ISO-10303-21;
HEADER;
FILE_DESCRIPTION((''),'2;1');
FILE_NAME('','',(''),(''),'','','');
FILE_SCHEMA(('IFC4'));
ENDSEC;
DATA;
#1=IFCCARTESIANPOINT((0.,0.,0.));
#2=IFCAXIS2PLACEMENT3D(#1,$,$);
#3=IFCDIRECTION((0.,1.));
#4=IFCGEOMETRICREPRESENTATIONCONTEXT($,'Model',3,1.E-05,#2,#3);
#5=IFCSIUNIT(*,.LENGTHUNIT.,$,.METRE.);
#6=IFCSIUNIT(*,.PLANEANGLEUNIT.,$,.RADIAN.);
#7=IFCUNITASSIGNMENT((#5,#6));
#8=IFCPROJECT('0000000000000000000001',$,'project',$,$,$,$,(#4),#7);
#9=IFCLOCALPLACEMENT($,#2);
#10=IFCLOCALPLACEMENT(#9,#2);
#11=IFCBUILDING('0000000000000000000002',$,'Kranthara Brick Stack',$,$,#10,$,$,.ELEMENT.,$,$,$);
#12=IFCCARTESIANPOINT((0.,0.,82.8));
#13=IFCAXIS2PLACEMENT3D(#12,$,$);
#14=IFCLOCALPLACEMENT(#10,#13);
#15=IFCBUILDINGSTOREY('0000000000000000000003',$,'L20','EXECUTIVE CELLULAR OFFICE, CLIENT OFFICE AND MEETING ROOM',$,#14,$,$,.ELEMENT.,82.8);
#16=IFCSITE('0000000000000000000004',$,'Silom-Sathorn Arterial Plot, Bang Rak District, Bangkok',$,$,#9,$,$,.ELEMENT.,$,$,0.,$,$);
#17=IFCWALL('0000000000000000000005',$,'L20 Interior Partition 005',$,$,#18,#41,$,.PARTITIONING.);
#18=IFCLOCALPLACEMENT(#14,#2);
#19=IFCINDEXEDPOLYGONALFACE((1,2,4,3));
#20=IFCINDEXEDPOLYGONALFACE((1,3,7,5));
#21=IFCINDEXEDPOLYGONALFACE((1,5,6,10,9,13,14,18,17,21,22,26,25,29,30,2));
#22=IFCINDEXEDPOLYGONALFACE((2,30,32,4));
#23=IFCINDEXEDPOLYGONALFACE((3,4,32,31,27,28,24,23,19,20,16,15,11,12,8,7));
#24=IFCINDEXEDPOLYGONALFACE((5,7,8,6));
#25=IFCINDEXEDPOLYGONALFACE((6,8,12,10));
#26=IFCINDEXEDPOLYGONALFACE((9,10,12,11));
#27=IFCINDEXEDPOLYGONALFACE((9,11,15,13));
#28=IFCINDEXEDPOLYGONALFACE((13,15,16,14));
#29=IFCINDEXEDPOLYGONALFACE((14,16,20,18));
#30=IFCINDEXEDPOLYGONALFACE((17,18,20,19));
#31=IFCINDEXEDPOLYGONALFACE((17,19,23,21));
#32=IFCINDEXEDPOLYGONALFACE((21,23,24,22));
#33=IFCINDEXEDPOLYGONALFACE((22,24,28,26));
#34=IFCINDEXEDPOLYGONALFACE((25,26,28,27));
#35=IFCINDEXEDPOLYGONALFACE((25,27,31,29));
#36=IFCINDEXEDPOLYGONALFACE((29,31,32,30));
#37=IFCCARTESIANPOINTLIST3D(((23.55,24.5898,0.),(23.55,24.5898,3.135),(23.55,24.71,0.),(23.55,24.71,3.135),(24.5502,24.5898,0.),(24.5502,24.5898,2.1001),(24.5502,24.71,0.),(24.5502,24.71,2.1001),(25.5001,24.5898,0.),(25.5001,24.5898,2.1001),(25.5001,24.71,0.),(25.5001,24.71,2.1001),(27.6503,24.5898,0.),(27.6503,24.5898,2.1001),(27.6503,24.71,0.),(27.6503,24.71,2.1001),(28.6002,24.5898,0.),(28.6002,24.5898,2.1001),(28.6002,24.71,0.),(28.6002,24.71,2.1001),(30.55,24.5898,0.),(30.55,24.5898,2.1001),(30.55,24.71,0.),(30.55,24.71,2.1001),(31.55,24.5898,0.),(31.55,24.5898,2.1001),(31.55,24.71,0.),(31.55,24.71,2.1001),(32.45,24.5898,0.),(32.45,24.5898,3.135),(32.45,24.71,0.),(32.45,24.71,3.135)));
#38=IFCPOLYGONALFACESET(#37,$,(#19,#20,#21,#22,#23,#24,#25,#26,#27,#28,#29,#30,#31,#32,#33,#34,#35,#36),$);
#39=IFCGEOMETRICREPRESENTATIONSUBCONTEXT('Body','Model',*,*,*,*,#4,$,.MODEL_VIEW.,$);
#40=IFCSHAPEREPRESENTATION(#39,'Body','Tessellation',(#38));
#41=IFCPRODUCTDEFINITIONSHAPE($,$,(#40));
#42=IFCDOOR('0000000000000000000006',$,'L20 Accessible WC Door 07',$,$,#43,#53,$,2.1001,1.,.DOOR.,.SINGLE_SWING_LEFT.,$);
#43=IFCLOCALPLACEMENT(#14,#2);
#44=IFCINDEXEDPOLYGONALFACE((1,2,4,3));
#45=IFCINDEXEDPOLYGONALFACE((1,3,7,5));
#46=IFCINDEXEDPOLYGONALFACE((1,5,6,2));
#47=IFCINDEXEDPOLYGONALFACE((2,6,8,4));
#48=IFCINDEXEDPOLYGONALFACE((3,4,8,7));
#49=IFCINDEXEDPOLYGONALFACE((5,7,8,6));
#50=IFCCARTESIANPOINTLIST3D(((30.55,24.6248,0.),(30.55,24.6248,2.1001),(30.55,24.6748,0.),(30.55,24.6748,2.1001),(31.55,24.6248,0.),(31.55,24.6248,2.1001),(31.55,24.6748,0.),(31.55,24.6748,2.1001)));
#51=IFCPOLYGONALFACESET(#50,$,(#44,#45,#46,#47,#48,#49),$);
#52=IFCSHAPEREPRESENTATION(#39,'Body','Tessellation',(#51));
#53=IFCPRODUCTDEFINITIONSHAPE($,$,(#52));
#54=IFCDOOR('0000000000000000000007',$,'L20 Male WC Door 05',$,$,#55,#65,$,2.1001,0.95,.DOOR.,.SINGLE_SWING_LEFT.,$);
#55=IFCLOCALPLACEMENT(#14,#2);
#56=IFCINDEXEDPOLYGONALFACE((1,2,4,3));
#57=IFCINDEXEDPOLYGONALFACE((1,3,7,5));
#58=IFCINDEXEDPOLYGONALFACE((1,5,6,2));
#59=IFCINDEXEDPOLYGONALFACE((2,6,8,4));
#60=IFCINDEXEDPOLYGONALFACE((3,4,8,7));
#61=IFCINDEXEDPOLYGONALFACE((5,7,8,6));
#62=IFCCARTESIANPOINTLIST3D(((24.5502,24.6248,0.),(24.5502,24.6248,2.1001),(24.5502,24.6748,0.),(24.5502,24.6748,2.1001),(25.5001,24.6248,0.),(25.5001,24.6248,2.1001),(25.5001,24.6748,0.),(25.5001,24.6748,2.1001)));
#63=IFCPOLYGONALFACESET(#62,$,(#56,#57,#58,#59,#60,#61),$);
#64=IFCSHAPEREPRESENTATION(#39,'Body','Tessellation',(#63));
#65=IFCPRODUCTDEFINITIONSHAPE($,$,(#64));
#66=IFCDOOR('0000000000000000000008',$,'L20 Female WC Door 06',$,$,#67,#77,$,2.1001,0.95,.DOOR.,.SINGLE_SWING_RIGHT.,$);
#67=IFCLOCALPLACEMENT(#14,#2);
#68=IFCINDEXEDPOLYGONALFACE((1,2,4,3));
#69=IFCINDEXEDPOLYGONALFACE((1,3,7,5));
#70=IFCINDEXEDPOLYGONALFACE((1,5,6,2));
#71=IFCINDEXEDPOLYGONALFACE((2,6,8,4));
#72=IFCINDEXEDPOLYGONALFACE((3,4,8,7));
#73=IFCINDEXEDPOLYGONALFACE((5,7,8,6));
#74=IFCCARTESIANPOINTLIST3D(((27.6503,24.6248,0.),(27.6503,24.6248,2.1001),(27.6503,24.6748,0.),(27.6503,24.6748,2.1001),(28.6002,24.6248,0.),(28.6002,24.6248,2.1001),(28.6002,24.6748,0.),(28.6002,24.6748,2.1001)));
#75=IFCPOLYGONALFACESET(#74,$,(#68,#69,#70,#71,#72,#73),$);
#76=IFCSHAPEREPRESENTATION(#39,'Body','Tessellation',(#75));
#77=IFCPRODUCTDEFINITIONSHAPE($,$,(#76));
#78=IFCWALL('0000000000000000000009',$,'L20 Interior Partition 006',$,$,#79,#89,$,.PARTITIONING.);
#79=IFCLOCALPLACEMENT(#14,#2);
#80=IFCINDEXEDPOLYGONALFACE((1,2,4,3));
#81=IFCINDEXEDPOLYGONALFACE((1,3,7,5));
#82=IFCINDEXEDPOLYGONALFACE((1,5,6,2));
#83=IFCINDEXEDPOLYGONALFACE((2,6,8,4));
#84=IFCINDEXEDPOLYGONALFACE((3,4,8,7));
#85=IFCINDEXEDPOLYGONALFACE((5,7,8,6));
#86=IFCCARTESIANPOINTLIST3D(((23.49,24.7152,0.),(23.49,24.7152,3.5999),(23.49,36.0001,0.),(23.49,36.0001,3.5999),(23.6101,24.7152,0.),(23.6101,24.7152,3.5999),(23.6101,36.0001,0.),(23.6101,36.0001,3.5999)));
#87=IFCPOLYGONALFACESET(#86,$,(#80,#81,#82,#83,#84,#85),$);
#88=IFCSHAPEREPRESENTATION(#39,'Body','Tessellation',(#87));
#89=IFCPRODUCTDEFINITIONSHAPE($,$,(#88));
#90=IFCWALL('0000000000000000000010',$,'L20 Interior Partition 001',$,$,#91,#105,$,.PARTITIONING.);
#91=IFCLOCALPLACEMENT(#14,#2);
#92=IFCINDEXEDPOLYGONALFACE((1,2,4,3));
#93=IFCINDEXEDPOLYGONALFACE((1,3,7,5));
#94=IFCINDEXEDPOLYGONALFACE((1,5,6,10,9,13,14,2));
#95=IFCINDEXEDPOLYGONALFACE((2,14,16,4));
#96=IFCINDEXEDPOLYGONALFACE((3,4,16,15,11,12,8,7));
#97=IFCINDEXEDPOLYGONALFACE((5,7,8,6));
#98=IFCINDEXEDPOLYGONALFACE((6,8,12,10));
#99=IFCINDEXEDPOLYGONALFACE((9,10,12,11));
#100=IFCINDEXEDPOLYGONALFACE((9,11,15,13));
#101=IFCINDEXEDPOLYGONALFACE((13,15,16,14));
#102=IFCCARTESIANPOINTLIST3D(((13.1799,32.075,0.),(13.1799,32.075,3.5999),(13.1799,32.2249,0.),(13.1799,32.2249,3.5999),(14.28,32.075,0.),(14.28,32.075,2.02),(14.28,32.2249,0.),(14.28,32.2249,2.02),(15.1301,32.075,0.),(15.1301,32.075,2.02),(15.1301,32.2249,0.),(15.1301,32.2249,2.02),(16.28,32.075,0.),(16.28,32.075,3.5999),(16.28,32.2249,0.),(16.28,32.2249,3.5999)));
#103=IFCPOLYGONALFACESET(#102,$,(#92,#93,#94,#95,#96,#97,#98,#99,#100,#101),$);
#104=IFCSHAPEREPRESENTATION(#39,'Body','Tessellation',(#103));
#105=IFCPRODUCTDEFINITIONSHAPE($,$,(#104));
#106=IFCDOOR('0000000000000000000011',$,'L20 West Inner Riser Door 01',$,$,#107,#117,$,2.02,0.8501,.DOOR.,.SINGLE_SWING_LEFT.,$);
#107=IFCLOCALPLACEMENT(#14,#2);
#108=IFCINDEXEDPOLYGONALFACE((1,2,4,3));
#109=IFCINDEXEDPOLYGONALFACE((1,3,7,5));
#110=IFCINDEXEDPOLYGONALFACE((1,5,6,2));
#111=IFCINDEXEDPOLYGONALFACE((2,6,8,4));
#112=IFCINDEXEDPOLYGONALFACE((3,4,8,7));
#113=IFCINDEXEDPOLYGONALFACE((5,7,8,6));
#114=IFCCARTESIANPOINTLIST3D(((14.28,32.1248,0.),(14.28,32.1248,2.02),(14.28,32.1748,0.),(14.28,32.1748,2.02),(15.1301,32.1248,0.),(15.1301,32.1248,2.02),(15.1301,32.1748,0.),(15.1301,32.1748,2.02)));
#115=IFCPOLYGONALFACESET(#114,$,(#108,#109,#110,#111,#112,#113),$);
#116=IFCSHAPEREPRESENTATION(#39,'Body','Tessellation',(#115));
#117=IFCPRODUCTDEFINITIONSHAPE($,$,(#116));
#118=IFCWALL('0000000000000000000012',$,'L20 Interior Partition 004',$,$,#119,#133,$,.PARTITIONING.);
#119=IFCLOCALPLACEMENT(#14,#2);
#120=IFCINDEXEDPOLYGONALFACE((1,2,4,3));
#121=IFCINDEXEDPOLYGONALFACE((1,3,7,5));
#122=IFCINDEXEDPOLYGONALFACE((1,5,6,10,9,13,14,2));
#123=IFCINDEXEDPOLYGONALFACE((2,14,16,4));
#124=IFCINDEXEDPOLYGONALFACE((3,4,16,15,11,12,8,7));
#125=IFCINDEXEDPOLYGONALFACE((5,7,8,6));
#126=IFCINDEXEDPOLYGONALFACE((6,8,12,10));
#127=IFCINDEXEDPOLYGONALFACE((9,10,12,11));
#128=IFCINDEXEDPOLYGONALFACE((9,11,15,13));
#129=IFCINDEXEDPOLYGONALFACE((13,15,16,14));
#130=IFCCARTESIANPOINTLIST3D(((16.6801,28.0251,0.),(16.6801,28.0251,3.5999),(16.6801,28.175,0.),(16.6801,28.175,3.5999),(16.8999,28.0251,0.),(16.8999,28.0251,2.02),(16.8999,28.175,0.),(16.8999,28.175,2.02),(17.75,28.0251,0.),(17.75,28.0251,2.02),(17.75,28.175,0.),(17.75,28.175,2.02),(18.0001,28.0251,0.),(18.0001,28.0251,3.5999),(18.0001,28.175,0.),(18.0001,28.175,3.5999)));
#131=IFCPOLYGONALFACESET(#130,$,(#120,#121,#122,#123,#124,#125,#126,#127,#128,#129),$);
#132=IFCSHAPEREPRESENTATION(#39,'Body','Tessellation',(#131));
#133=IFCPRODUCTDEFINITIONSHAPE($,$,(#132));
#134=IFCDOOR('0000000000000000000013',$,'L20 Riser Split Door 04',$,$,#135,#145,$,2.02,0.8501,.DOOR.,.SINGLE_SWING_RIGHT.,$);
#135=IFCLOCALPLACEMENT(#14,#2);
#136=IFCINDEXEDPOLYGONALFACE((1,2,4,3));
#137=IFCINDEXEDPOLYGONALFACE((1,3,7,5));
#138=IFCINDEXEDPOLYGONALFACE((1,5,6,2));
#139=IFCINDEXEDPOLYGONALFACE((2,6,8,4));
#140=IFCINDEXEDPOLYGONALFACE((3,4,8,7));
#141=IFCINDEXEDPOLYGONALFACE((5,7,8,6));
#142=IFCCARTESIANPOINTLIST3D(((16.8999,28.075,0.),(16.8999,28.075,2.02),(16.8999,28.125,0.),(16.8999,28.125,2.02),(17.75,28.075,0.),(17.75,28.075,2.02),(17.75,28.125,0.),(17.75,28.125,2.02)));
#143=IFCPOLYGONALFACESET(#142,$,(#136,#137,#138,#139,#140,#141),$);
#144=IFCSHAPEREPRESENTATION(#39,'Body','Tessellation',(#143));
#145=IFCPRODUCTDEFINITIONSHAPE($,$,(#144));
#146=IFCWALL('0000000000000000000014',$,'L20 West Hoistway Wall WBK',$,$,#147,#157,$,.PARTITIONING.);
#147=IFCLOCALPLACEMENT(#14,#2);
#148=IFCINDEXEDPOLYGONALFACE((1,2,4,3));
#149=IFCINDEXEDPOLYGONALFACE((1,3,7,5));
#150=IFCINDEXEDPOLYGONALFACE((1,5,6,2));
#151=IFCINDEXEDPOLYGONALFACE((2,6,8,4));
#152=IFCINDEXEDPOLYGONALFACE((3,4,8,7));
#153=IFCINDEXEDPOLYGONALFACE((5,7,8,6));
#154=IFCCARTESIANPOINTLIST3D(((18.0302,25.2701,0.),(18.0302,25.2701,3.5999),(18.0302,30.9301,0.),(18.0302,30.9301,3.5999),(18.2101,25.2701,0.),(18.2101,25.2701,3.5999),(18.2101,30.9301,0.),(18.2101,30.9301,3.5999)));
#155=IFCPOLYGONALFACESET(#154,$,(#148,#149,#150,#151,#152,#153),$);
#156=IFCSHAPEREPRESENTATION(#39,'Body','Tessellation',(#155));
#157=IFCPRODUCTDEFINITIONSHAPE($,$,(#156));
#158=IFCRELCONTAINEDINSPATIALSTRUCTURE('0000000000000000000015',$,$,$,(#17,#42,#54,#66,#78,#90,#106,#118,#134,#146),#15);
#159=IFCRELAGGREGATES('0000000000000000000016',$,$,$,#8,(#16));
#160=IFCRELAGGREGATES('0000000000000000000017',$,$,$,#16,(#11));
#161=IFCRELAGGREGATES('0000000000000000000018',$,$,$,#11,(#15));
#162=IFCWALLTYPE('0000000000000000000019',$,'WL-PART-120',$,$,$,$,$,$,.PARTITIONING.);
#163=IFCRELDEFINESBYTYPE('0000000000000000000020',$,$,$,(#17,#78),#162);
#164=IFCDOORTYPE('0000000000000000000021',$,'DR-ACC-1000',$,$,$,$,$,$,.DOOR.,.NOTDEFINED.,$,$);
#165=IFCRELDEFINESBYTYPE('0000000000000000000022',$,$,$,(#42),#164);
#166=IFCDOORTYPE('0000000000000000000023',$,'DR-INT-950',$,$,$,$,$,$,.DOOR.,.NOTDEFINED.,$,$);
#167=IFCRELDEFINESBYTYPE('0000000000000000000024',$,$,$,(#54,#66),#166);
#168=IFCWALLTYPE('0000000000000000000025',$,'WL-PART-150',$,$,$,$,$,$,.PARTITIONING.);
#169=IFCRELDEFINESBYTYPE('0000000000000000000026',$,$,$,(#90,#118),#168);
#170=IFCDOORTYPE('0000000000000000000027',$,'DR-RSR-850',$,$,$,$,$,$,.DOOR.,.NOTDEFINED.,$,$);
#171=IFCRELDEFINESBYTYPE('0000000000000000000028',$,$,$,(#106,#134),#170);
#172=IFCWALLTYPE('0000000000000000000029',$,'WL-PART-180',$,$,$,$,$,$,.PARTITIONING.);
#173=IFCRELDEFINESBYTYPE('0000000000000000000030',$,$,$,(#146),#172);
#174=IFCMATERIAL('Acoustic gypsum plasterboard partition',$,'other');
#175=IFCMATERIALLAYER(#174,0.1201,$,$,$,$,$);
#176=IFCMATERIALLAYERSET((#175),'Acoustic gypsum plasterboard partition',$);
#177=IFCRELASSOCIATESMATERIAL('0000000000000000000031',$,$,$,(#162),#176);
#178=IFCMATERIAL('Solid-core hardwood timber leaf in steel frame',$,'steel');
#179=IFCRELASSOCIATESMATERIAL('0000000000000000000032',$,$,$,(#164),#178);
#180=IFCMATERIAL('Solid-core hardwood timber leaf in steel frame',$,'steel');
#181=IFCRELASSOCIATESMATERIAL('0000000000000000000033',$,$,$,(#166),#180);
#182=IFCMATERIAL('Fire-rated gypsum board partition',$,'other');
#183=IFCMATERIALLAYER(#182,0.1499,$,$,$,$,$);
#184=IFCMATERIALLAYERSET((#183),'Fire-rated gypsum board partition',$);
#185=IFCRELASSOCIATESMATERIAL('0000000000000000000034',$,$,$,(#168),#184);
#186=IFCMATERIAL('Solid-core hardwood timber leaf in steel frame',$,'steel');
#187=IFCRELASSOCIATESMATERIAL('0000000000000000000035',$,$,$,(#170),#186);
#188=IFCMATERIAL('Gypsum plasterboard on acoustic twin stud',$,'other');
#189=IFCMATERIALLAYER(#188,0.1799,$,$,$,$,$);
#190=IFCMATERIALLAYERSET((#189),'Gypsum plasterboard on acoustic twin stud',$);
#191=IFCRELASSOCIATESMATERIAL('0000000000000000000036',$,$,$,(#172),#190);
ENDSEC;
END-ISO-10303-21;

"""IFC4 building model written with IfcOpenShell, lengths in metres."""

from ifc_helpers import new_model, si_unit, direction, frame, frame_2d, origin, place, context, subcontext, project, spatial, rectangle, extrude, material, layer, layer_set, type_object, element, fill, save


model = new_model("IFC4")

# Units and contexts
model_context = context("Model", 3, precision=1e-05, world=origin(), true_north=direction((0.0, 1.0)))
body_context = subcontext(model_context, "Body", "Model", "MODEL_VIEW")
ifc_project = project(units=[si_unit("LENGTHUNIT", "METRE"), si_unit("PLANEANGLEUNIT", "RADIAN")], contexts=[model_context])

# Site, building, storey
site_placement = place(None, origin())
site = spatial("IfcSite", under=ifc_project, at=site_placement, Name="Silom-Sathorn Arterial Plot, Bang Rak District, Bangkok", CompositionType="ELEMENT", RefElevation=0.0)
building_placement = place(site_placement, origin())
building = spatial("IfcBuilding", under=site, at=building_placement, Name="Kranthara Brick Stack", CompositionType="ELEMENT")
storey_placement = place(building_placement, frame((0.0, 0.0, 82.8)))
storey = spatial("IfcBuildingStorey", under=building, at=storey_placement, Name="L20", Description="EXECUTIVE CELLULAR OFFICE, CLIENT OFFICE AND MEETING ROOM", CompositionType="ELEMENT", Elevation=82.8)

# Wall, openings, doors
ifc_material_1 = material(Name="Acoustic gypsum plasterboard partition", Category="other")
ifc_layer_1 = layer(ifc_material_1, 0.1201)
ifc_layer_set_1 = layer_set([ifc_layer_1], Name="Acoustic gypsum plasterboard partition")
wall_type_1 = type_object("IfcWallType", Name="WL-PART-120", PredefinedType="PARTITIONING", material=ifc_layer_set_1)
wall_1_placement = place(storey_placement, frame((23.55, 24.6499, 0.0), z_axis=(0.0, 0.0, 1.0), x_axis=(1.0, 0.0, 0.0)))
wall_1 = element("IfcWall", 1, at=wall_1_placement, inside=storey, type_object=wall_type_1, Name="L20 Interior Partition 005", PredefinedType="PARTITIONING", context=body_context, shape_type="SweptSolid", body=[
    extrude(rectangle(XDim=8.8999, YDim=0.1201, at=frame_2d((4.45, 0.0))), origin(), (0.0, 0.0, 1.0), 3.135),
])
opening_1_placement = place(wall_1_placement, frame((1.0, 0.0, 0.0)))
opening_1 = element("IfcOpeningElement", 2, at=opening_1_placement, cuts=wall_1, PredefinedType="OPENING", context=body_context, shape_type="SweptSolid", body=[
    extrude(rectangle(XDim=0.95, YDim=2.1001, at=frame_2d((0.4751, 1.05))), frame((0.0, 0.0701, 0.0), z_axis=(0.0, -1.0, 0.0), x_axis=(1.0, 0.0, 0.0)), (0.0, 0.0, 1.0), 0.1401),
])
opening_2_placement = place(wall_1_placement, frame((4.1001, 0.0, 0.0)))
opening_2 = element("IfcOpeningElement", 3, at=opening_2_placement, cuts=wall_1, PredefinedType="OPENING", context=body_context, shape_type="SweptSolid", body=[
    extrude(rectangle(XDim=0.95, YDim=2.1001, at=frame_2d((0.4751, 1.05))), frame((0.0, 0.0701, 0.0), z_axis=(0.0, -1.0, 0.0), x_axis=(1.0, 0.0, 0.0)), (0.0, 0.0, 1.0), 0.1401),
])
opening_3_placement = place(wall_1_placement, frame((7.0, 0.0, 0.0)))
opening_3 = element("IfcOpeningElement", 4, at=opening_3_placement, cuts=wall_1, PredefinedType="OPENING", context=body_context, shape_type="SweptSolid", body=[
    extrude(rectangle(XDim=1.0, YDim=2.1001, at=frame_2d((0.5, 1.05))), frame((0.0, 0.0701, 0.0), z_axis=(0.0, -1.0, 0.0), x_axis=(1.0, 0.0, 0.0)), (0.0, 0.0, 1.0), 0.1401),
])
ifc_material_2 = material(Name="Solid-core hardwood timber leaf in steel frame", Category="steel")
door_type_1 = type_object("IfcDoorType", Name="DR-ACC-1000", OperationType="NOTDEFINED", PredefinedType="DOOR", material=ifc_material_2)
door_1_placement = place(opening_3_placement, origin())
door_1 = element("IfcDoor", 5, at=door_1_placement, inside=storey, type_object=door_type_1, Name="L20 Accessible WC Door 07", OperationType="SINGLE_SWING_LEFT", OverallHeight=2.1001, OverallWidth=1.0, PredefinedType="DOOR", context=body_context, shape_type="SweptSolid", body=[
    extrude(rectangle(XDim=1.0, YDim=2.1001, at=frame_2d((0.5, 1.05))), frame((0.0, 0.0249, 0.0), z_axis=(0.0, -1.0, 0.0), x_axis=(1.0, 0.0, 0.0)), (0.0, 0.0, 1.0), 0.05),
])
fill(opening_3, door_1)
ifc_material_3 = material(Name="Solid-core hardwood timber leaf in steel frame", Category="steel")
door_type_2 = type_object("IfcDoorType", Name="DR-INT-950", OperationType="NOTDEFINED", PredefinedType="DOOR", material=ifc_material_3)
door_2_placement = place(opening_1_placement, origin())
door_2 = element("IfcDoor", 6, at=door_2_placement, inside=storey, type_object=door_type_2, Name="L20 Male WC Door 05", OperationType="SINGLE_SWING_LEFT", OverallHeight=2.1001, OverallWidth=0.95, PredefinedType="DOOR", context=body_context, shape_type="SweptSolid", body=[
    extrude(rectangle(XDim=0.95, YDim=2.1001, at=frame_2d((0.4751, 1.05))), frame((0.0, 0.0249, 0.0), z_axis=(0.0, -1.0, 0.0), x_axis=(1.0, 0.0, 0.0)), (0.0, 0.0, 1.0), 0.05),
])
fill(opening_1, door_2)
door_3_placement = place(opening_2_placement, origin())
door_3 = element("IfcDoor", 7, at=door_3_placement, inside=storey, type_object=door_type_2, Name="L20 Female WC Door 06", OperationType="SINGLE_SWING_RIGHT", OverallHeight=2.1001, OverallWidth=0.95, PredefinedType="DOOR", context=body_context, shape_type="SweptSolid", body=[
    extrude(rectangle(XDim=0.95, YDim=2.1001, at=frame_2d((0.4751, 1.05))), frame((0.0, 0.0249, 0.0), z_axis=(0.0, -1.0, 0.0), x_axis=(1.0, 0.0, 0.0)), (0.0, 0.0, 1.0), 0.05),
])
fill(opening_2, door_3)

# Wall
wall_2_placement = place(storey_placement, frame((23.55, 24.7151, 0.0), z_axis=(0.0, 0.0, 1.0), x_axis=(0.0, 1.0, 0.0)))
element("IfcWall", 8, at=wall_2_placement, inside=storey, type_object=wall_type_1, Name="L20 Interior Partition 006", PredefinedType="PARTITIONING", context=body_context, shape_type="SweptSolid", body=[
    extrude(rectangle(XDim=11.2849, YDim=0.1201, at=frame_2d((5.6426, 0.0))), origin(), (0.0, 0.0, 1.0), 3.5999),
])

# Walls, openings, doors
ifc_material_4 = material(Name="Fire-rated gypsum board partition", Category="other")
ifc_layer_2 = layer(ifc_material_4, 0.1499)
ifc_layer_set_2 = layer_set([ifc_layer_2], Name="Fire-rated gypsum board partition")
wall_type_2 = type_object("IfcWallType", Name="WL-PART-150", PredefinedType="PARTITIONING", material=ifc_layer_set_2)
wall_3_placement = place(storey_placement, frame((13.1799, 32.1499, 0.0), z_axis=(0.0, 0.0, 1.0), x_axis=(1.0, 0.0, 0.0)))
wall_3 = element("IfcWall", 9, at=wall_3_placement, inside=storey, type_object=wall_type_2, Name="L20 Interior Partition 001", PredefinedType="PARTITIONING", context=body_context, shape_type="SweptSolid", body=[
    extrude(rectangle(XDim=3.1001, YDim=0.1499, at=frame_2d((1.55, 0.0))), origin(), (0.0, 0.0, 1.0), 3.5999),
])
opening_4_placement = place(wall_3_placement, frame((1.1001, 0.0, 0.0)))
opening_4 = element("IfcOpeningElement", 10, at=opening_4_placement, cuts=wall_3, PredefinedType="OPENING", context=body_context, shape_type="SweptSolid", body=[
    extrude(rectangle(XDim=0.8501, YDim=2.02, at=frame_2d((0.425, 1.01))), frame((0.0, 0.085, 0.0), z_axis=(0.0, -1.0, 0.0), x_axis=(1.0, 0.0, 0.0)), (0.0, 0.0, 1.0), 0.1699),
])
ifc_material_5 = material(Name="Solid-core hardwood timber leaf in steel frame", Category="steel")
door_type_3 = type_object("IfcDoorType", Name="DR-RSR-850", OperationType="NOTDEFINED", PredefinedType="DOOR", material=ifc_material_5)
door_4_placement = place(opening_4_placement, origin())
door_4 = element("IfcDoor", 11, at=door_4_placement, inside=storey, type_object=door_type_3, Name="L20 West Inner Riser Door 01", OperationType="SINGLE_SWING_LEFT", OverallHeight=2.02, OverallWidth=0.8501, PredefinedType="DOOR", context=body_context, shape_type="SweptSolid", body=[
    extrude(rectangle(XDim=0.8501, YDim=2.02, at=frame_2d((0.425, 1.01))), frame((0.0, 0.0249, 0.0), z_axis=(0.0, -1.0, 0.0), x_axis=(1.0, 0.0, 0.0)), (0.0, 0.0, 1.0), 0.05),
])
fill(opening_4, door_4)
wall_4_placement = place(storey_placement, frame((16.6799, 28.1001, 0.0), z_axis=(0.0, 0.0, 1.0), x_axis=(1.0, 0.0, 0.0)))
wall_4 = element("IfcWall", 12, at=wall_4_placement, inside=storey, type_object=wall_type_2, Name="L20 Interior Partition 004", PredefinedType="PARTITIONING", context=body_context, shape_type="SweptSolid", body=[
    extrude(rectangle(XDim=1.3201, YDim=0.1499, at=frame_2d((0.6602, 0.0))), origin(), (0.0, 0.0, 1.0), 3.5999),
])
opening_5_placement = place(wall_4_placement, frame((0.22, 0.0, 0.0)))
opening_5 = element("IfcOpeningElement", 13, at=opening_5_placement, cuts=wall_4, PredefinedType="OPENING", context=body_context, shape_type="SweptSolid", body=[
    extrude(rectangle(XDim=0.8501, YDim=2.02, at=frame_2d((0.425, 1.01))), frame((0.0, 0.085, 0.0), z_axis=(0.0, -1.0, 0.0), x_axis=(1.0, 0.0, 0.0)), (0.0, 0.0, 1.0), 0.1699),
])
door_5_placement = place(opening_5_placement, origin())
door_5 = element("IfcDoor", 14, at=door_5_placement, inside=storey, type_object=door_type_3, Name="L20 Riser Split Door 04", OperationType="SINGLE_SWING_RIGHT", OverallHeight=2.02, OverallWidth=0.8501, PredefinedType="DOOR", context=body_context, shape_type="SweptSolid", body=[
    extrude(rectangle(XDim=0.8501, YDim=2.02, at=frame_2d((0.425, 1.01))), frame((0.0, 0.0249, 0.0), z_axis=(0.0, -1.0, 0.0), x_axis=(1.0, 0.0, 0.0)), (0.0, 0.0, 1.0), 0.05),
])
fill(opening_5, door_5)

# Wall
ifc_material_6 = material(Name="Gypsum plasterboard on acoustic twin stud", Category="other")
ifc_layer_3 = layer(ifc_material_6, 0.1799)
ifc_layer_set_3 = layer_set([ifc_layer_3], Name="Gypsum plasterboard on acoustic twin stud")
wall_type_3 = type_object("IfcWallType", Name="WL-PART-180", PredefinedType="PARTITIONING", material=ifc_layer_set_3)
wall_5_placement = place(storey_placement, frame((18.1201, 25.27, 0.0), z_axis=(0.0, 0.0, 1.0), x_axis=(0.0, 1.0, 0.0)))
element("IfcWall", 15, at=wall_5_placement, inside=storey, type_object=wall_type_3, Name="L20 West Hoistway Wall WBK", PredefinedType="PARTITIONING", context=body_context, shape_type="SweptSolid", body=[
    extrude(rectangle(XDim=5.6599, YDim=0.1799, at=frame_2d((2.8301, 0.0))), origin(), (0.0, 0.0, 1.0), 3.5999),
])

save(model, "model.ifc")
